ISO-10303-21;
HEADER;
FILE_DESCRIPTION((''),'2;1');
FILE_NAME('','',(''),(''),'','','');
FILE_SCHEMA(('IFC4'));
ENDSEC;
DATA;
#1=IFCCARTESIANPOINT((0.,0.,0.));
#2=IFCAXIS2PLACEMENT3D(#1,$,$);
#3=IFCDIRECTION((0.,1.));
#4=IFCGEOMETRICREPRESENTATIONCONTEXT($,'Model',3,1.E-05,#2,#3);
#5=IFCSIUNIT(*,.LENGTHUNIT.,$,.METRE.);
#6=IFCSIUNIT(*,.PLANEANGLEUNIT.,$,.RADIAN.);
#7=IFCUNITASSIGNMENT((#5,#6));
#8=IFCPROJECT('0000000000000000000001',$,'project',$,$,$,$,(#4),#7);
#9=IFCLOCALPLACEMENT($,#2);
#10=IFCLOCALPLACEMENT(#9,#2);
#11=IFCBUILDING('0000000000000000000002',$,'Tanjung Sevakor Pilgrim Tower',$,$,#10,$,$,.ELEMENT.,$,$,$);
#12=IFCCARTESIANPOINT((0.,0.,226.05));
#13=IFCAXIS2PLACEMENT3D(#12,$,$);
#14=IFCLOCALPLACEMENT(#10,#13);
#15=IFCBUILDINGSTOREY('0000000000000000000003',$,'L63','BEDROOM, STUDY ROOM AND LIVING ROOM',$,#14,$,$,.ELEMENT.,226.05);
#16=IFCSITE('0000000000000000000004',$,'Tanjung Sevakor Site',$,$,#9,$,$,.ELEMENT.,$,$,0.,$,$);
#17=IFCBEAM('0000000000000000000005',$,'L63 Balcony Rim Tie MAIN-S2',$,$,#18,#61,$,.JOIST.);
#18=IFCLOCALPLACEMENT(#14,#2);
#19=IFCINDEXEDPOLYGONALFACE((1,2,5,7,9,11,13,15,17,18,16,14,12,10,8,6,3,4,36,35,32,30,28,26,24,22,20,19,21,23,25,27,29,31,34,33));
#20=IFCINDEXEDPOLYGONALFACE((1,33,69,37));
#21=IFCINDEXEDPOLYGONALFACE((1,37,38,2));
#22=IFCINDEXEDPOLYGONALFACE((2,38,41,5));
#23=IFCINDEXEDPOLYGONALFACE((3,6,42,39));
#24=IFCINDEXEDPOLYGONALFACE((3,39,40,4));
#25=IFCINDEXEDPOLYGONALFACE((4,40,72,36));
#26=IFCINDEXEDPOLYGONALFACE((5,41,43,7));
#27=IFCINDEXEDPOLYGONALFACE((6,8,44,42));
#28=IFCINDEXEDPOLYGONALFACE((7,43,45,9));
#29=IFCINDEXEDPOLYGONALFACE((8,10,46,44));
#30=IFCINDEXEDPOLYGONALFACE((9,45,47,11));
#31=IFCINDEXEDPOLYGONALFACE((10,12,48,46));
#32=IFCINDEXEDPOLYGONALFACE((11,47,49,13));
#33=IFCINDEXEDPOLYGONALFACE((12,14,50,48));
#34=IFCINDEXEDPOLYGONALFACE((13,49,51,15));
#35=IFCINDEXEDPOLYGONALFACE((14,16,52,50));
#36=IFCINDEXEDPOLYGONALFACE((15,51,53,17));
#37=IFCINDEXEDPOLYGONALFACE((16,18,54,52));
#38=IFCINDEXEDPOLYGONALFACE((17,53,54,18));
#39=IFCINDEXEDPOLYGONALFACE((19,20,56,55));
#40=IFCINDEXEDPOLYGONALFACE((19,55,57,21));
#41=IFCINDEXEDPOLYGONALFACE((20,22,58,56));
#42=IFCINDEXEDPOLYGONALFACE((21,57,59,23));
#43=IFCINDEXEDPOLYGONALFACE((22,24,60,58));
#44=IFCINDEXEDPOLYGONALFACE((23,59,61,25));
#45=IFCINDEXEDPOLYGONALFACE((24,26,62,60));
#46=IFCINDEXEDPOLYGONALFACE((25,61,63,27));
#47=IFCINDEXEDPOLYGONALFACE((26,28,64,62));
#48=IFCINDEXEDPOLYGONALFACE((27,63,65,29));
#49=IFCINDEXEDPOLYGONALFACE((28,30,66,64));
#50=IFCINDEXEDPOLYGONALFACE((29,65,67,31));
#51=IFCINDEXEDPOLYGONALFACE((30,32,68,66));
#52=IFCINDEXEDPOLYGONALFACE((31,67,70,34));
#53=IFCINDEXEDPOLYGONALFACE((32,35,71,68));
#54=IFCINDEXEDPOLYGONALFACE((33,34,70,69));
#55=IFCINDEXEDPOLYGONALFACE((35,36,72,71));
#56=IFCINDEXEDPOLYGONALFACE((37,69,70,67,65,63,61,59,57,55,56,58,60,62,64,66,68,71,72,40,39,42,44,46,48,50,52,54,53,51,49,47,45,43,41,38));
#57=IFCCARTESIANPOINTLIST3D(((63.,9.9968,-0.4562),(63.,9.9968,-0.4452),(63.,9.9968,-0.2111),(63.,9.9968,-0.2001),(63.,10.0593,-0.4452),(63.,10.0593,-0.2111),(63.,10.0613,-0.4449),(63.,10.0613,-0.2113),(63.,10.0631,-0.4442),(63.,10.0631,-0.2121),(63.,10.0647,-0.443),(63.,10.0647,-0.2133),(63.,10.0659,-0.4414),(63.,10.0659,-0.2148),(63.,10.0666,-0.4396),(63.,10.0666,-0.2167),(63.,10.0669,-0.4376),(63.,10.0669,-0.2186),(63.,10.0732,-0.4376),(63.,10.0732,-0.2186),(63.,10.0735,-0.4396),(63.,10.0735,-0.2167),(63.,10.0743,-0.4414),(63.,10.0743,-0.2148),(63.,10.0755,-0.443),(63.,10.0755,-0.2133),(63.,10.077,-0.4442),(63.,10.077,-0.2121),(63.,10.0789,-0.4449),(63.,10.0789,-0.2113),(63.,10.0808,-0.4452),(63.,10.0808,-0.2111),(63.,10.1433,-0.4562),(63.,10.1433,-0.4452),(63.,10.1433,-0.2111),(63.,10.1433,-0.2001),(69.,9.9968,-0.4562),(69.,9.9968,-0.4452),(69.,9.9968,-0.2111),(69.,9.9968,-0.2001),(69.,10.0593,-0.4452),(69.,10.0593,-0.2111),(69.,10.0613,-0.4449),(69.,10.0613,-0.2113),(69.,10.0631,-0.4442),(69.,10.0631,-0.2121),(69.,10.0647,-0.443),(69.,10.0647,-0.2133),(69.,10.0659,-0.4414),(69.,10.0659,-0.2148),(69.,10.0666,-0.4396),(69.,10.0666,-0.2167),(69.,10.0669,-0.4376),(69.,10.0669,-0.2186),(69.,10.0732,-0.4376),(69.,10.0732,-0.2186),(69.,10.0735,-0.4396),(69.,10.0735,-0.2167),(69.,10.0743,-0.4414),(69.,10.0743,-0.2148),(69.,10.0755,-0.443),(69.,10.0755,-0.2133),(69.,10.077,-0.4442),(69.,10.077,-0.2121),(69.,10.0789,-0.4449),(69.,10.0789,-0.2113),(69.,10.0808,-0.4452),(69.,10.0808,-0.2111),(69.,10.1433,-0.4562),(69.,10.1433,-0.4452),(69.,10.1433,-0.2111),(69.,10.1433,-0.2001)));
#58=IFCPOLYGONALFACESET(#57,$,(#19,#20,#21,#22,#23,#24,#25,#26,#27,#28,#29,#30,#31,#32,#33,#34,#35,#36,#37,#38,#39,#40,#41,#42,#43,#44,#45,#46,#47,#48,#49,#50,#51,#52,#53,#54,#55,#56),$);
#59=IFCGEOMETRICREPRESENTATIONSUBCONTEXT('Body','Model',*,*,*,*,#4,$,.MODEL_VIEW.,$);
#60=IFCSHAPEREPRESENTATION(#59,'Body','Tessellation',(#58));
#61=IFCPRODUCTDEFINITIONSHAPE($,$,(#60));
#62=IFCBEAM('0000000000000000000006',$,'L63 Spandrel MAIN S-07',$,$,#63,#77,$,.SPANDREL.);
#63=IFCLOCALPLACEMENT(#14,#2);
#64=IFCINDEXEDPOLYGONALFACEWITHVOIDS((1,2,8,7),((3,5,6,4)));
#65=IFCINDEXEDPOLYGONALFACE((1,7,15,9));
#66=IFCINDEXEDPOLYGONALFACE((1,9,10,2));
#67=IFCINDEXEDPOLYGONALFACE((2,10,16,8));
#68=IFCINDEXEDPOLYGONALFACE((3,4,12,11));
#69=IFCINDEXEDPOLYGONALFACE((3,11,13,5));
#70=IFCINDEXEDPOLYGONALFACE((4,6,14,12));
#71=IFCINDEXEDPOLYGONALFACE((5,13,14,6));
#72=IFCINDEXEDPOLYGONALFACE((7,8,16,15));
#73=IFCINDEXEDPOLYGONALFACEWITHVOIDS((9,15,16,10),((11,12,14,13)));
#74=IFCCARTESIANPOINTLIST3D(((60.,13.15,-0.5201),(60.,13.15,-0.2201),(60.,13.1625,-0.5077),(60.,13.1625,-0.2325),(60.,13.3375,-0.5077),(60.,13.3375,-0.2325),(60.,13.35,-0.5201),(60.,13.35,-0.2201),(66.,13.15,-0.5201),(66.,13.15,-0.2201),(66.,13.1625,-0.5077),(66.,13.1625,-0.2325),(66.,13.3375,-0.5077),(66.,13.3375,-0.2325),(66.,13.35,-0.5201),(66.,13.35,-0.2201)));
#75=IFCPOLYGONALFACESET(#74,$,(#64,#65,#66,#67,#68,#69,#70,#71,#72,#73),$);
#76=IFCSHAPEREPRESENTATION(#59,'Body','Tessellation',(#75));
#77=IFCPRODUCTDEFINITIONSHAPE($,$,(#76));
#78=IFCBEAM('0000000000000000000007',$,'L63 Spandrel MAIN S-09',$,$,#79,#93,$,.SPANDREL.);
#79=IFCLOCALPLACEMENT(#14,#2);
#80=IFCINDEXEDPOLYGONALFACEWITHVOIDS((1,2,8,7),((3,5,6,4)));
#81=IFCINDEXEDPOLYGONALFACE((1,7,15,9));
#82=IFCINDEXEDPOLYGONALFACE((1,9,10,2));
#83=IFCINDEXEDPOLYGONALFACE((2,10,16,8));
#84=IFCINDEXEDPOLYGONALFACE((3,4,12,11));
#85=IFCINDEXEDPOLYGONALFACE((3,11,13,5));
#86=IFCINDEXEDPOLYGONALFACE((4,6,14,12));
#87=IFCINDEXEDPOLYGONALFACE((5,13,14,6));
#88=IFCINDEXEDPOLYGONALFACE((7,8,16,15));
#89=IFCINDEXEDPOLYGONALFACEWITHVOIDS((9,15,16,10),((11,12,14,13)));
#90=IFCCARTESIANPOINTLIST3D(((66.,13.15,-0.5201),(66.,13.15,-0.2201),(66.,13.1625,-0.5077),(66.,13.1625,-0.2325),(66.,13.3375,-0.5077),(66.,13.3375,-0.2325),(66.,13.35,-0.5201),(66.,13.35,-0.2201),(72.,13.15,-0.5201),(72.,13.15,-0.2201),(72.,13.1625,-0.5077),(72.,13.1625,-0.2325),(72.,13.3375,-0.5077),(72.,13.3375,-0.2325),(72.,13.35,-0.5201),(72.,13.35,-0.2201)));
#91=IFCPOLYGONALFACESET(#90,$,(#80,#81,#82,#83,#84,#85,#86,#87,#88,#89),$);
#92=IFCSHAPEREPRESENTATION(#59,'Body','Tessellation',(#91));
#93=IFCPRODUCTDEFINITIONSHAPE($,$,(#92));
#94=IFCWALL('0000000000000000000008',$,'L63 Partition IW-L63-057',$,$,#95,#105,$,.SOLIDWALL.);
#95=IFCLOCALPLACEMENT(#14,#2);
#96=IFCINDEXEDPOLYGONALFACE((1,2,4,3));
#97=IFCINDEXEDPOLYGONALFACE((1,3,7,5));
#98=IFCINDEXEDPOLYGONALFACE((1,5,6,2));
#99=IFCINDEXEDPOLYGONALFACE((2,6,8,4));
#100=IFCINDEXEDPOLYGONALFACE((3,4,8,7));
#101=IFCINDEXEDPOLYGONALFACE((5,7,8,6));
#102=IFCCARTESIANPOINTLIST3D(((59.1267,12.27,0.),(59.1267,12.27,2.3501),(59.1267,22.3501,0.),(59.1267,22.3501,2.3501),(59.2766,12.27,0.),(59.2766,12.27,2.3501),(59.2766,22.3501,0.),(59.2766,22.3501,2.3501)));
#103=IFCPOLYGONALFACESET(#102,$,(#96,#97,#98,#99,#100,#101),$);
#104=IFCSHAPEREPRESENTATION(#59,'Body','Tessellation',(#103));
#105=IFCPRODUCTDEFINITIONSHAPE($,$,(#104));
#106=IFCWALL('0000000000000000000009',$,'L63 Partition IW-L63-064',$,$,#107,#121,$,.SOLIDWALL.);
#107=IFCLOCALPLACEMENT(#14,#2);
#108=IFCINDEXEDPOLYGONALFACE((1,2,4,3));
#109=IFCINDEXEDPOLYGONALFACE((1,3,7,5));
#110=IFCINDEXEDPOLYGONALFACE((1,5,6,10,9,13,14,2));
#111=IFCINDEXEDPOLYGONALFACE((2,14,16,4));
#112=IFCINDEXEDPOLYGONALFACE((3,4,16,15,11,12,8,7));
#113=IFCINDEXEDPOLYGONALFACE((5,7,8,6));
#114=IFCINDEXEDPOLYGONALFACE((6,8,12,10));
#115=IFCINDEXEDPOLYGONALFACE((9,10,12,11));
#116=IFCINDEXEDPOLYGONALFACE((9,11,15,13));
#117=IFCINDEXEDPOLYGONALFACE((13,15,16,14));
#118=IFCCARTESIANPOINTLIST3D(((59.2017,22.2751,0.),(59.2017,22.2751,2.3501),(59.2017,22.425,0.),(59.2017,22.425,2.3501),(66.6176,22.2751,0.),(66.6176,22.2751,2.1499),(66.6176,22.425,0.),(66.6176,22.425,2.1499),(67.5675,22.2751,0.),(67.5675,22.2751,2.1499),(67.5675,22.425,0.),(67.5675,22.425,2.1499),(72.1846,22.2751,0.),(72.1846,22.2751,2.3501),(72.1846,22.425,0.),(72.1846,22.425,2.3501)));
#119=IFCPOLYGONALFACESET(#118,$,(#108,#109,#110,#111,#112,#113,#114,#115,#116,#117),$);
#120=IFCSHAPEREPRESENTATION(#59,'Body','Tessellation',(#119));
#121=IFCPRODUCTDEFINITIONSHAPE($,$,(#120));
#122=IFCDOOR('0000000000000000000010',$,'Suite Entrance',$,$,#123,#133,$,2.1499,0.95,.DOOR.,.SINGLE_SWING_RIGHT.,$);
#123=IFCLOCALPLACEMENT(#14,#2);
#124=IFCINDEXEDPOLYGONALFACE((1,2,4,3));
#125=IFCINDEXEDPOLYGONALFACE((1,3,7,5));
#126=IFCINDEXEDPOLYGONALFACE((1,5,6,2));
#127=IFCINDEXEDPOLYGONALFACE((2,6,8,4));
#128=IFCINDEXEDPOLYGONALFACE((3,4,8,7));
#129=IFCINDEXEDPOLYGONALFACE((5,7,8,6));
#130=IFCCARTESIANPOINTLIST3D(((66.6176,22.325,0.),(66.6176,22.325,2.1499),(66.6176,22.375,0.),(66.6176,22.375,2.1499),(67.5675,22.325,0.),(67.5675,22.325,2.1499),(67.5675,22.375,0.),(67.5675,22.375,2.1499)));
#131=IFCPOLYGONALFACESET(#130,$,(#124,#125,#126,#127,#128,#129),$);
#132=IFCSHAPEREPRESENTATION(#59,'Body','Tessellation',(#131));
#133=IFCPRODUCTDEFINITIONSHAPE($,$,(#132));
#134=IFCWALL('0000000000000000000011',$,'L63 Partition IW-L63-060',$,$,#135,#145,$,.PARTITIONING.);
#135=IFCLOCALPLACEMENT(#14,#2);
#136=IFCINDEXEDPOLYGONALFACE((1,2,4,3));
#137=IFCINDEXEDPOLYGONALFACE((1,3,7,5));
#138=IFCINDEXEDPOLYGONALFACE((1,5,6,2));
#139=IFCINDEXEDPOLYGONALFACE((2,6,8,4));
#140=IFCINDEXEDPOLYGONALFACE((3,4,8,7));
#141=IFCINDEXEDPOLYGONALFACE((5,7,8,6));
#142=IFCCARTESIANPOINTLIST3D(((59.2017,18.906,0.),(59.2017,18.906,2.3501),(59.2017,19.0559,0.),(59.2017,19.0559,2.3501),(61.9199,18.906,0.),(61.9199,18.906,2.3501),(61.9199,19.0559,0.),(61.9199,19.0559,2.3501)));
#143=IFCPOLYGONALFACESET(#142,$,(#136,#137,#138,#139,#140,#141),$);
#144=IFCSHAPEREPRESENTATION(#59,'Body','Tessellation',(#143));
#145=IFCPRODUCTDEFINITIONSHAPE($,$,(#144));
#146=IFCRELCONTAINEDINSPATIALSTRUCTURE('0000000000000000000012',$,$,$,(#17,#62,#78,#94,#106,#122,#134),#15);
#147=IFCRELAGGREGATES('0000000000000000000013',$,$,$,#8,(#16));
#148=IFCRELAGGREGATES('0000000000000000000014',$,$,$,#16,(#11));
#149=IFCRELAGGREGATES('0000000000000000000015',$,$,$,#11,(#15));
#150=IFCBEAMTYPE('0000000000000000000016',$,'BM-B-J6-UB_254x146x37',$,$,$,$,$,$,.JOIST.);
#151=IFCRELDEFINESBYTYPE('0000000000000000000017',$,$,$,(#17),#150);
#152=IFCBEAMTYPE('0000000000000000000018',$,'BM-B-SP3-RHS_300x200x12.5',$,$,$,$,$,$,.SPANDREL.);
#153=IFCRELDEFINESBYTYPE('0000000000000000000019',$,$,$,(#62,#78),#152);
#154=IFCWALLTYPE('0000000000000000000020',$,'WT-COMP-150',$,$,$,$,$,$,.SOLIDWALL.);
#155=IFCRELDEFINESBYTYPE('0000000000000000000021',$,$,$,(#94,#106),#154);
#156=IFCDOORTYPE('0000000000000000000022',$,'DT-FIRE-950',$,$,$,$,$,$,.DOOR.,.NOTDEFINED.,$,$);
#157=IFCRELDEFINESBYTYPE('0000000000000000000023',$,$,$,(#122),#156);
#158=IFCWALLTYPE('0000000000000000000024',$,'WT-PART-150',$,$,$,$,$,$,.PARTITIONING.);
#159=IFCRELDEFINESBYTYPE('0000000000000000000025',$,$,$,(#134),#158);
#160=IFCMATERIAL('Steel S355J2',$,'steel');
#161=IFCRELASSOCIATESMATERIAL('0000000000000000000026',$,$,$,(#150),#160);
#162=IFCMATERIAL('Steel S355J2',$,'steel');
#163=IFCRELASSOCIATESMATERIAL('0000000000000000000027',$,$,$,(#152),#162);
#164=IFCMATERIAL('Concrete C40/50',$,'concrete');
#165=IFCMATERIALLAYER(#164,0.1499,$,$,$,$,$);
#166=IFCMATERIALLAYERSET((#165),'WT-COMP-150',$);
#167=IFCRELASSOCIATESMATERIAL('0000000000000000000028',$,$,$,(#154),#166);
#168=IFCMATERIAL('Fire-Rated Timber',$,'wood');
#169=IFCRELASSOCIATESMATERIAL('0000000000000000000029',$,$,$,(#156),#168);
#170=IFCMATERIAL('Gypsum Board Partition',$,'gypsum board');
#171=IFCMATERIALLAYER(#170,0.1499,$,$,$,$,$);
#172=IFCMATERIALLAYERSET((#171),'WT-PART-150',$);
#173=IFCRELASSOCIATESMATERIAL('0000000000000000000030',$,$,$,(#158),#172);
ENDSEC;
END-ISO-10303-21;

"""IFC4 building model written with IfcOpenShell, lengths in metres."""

from ifc_helpers import new_model, si_unit, direction, frame, frame_2d, origin, origin_2d, place, context, subcontext, project, spatial, rectangle, hollow_rectangle, i_section, extrude, material, layer, layer_set, material_profile, profile_set, type_object, element, fill, save


model = new_model("IFC4")

# Units and contexts
model_context = context("Model", 3, precision=1e-05, world=origin(), true_north=direction((0.0, 1.0)))
body_context = subcontext(model_context, "Body", "Model", "MODEL_VIEW")
ifc_project = project(units=[si_unit("LENGTHUNIT", "METRE"), si_unit("PLANEANGLEUNIT", "RADIAN")], contexts=[model_context])

# Site, building, storey
site_placement = place(None, origin())
site = spatial("IfcSite", under=ifc_project, at=site_placement, Name="Tanjung Sevakor Site", CompositionType="ELEMENT", RefElevation=0.0)
building_placement = place(site_placement, origin())
building = spatial("IfcBuilding", under=site, at=building_placement, Name="Tanjung Sevakor Pilgrim Tower", CompositionType="ELEMENT")
storey_placement = place(building_placement, frame((0.0, 0.0, 226.05)))
storey = spatial("IfcBuildingStorey", under=building, at=storey_placement, Name="L63", Description="BEDROOM, STUDY ROOM AND LIVING ROOM", CompositionType="ELEMENT", Elevation=226.05)

# Beams
ifc_material_1 = material(Name="Steel S355J2", Category="steel")
ifc_material_profile_1 = material_profile(ifc_material_1, i_section(OverallWidth=0.1465, OverallDepth=0.2561, WebThickness=0.0063, FlangeThickness=0.011, FilletRadius=0.0076, at=origin_2d()))
ifc_profile_set_1 = profile_set([ifc_material_profile_1], Name="Steel S355J2")
beam_type_1 = type_object("IfcBeamType", Name="BM-B-J6-UB_254x146x37", PredefinedType="JOIST", material=ifc_profile_set_1)
beam_placement = place(storey_placement, frame((63.0, 10.0701, -0.3281), z_axis=(1.0, 0.0, 0.0), x_axis=(0.0, 1.0, 0.0)))
element("IfcBeam", 1, at=beam_placement, inside=storey, type_object=beam_type_1, Name="L63 Balcony Rim Tie MAIN-S2", PredefinedType="JOIST", context=body_context, shape_type="SweptSolid", body=[
    extrude(i_section(OverallWidth=0.1465, OverallDepth=0.2561, WebThickness=0.0063, FlangeThickness=0.011, FilletRadius=0.0076, at=origin_2d()), origin(), (0.0, 0.0, 1.0), 6.0),
])
ifc_material_2 = material(Name="Steel S355J2", Category="steel")
ifc_material_profile_2 = material_profile(ifc_material_2, hollow_rectangle(XDim=0.2, YDim=0.3, WallThickness=0.0125, at=origin_2d()))
ifc_profile_set_2 = profile_set([ifc_material_profile_2], Name="Steel S355J2")
beam_type_2 = type_object("IfcBeamType", Name="BM-B-SP3-RHS_300x200x12.5", PredefinedType="SPANDREL", material=ifc_profile_set_2)
for number, where, z_axis, x_axis, name in (
    (2, (60.0, 13.25, -0.3701), (1.0, 0.0, 0.0), (0.0, 1.0, 0.0), "L63 Spandrel MAIN S-07"),
    (3, (66.0, 13.25, -0.3701), (1.0, 0.0, 0.0), (0.0, 1.0, 0.0), "L63 Spandrel MAIN S-09"),
):
    element("IfcBeam", number, at=place(storey_placement, frame(where, z_axis=z_axis, x_axis=x_axis)), inside=storey, type_object=beam_type_2, Name=name, PredefinedType="SPANDREL", context=body_context, shape_type="SweptSolid", body=[
        extrude(hollow_rectangle(XDim=0.2, YDim=0.3, WallThickness=0.0125, at=origin_2d()), origin(), (0.0, 0.0, 1.0), 6.0),
    ])

# Wall
ifc_material_3 = material(Name="Concrete C40/50", Category="concrete")
ifc_layer_1 = layer(ifc_material_3, 0.1499)
ifc_layer_set_1 = layer_set([ifc_layer_1], Name="WT-COMP-150")
wall_type_1 = type_object("IfcWallType", Name="WT-COMP-150", PredefinedType="SOLIDWALL", material=ifc_layer_set_1)
wall_1_placement = place(storey_placement, frame((59.2017, 12.27, 0.0), z_axis=(0.0, 0.0, 1.0), x_axis=(0.0, 1.0, 0.0)))
element("IfcWall", 4, at=wall_1_placement, inside=storey, type_object=wall_type_1, Name="L63 Partition IW-L63-057", PredefinedType="SOLIDWALL", context=body_context, shape_type="SweptSolid", body=[
    extrude(rectangle(XDim=10.0801, YDim=0.1499, at=frame_2d((5.04, 0.0))), origin(), (0.0, 0.0, 1.0), 2.3501),
])

# Wall, opening, door
wall_2_placement = place(storey_placement, frame((59.2017, 22.3501, 0.0), z_axis=(0.0, 0.0, 1.0), x_axis=(1.0, 0.0, 0.0)))
wall_2 = element("IfcWall", 5, at=wall_2_placement, inside=storey, type_object=wall_type_1, Name="L63 Partition IW-L63-064", PredefinedType="SOLIDWALL", context=body_context, shape_type="SweptSolid", body=[
    extrude(rectangle(XDim=12.9829, YDim=0.1499, at=frame_2d((6.4915, 0.0))), origin(), (0.0, 0.0, 1.0), 2.3501),
])
opening_1_placement = place(wall_2_placement, frame((7.4158, 0.0, 0.0)))
opening_1 = element("IfcOpeningElement", 6, at=opening_1_placement, cuts=wall_2, PredefinedType="OPENING", context=body_context, shape_type="SweptSolid", body=[
    extrude(rectangle(XDim=0.95, YDim=2.1499, at=frame_2d((0.4751, 1.075))), frame((0.0, 0.085, 0.0), z_axis=(0.0, -1.0, 0.0), x_axis=(1.0, 0.0, 0.0)), (0.0, 0.0, 1.0), 0.1699),
])
ifc_material_4 = material(Name="Fire-Rated Timber", Category="wood")
door_type_1 = type_object("IfcDoorType", Name="DT-FIRE-950", OperationType="NOTDEFINED", PredefinedType="DOOR", material=ifc_material_4)
door_1_placement = place(opening_1_placement, origin())
door_1 = element("IfcDoor", 7, at=door_1_placement, inside=storey, type_object=door_type_1, Name="Suite Entrance", OperationType="SINGLE_SWING_RIGHT", OverallHeight=2.1499, OverallWidth=0.95, PredefinedType="DOOR", context=body_context, shape_type="SweptSolid", body=[
    extrude(rectangle(XDim=0.95, YDim=2.1499, at=frame_2d((0.4751, 1.075))), frame((0.0, 0.0249, 0.0), z_axis=(0.0, -1.0, 0.0), x_axis=(1.0, 0.0, 0.0)), (0.0, 0.0, 1.0), 0.05),
])
fill(opening_1, door_1)

# Wall
ifc_material_5 = material(Name="Gypsum Board Partition", Category="gypsum board")
ifc_layer_2 = layer(ifc_material_5, 0.1499)
ifc_layer_set_2 = layer_set([ifc_layer_2], Name="WT-PART-150")
wall_type_2 = type_object("IfcWallType", Name="WT-PART-150", PredefinedType="PARTITIONING", material=ifc_layer_set_2)
wall_3_placement = place(storey_placement, frame((59.2017, 18.981, 0.0), z_axis=(0.0, 0.0, 1.0), x_axis=(1.0, 0.0, 0.0)))
element("IfcWall", 8, at=wall_3_placement, inside=storey, type_object=wall_type_2, Name="L63 Partition IW-L63-060", PredefinedType="PARTITIONING", context=body_context, shape_type="SweptSolid", body=[
    extrude(rectangle(XDim=2.7183, YDim=0.1499, at=frame_2d((1.3591, 0.0))), origin(), (0.0, 0.0, 1.0), 2.3501),
])

save(model, "model.ifc")
